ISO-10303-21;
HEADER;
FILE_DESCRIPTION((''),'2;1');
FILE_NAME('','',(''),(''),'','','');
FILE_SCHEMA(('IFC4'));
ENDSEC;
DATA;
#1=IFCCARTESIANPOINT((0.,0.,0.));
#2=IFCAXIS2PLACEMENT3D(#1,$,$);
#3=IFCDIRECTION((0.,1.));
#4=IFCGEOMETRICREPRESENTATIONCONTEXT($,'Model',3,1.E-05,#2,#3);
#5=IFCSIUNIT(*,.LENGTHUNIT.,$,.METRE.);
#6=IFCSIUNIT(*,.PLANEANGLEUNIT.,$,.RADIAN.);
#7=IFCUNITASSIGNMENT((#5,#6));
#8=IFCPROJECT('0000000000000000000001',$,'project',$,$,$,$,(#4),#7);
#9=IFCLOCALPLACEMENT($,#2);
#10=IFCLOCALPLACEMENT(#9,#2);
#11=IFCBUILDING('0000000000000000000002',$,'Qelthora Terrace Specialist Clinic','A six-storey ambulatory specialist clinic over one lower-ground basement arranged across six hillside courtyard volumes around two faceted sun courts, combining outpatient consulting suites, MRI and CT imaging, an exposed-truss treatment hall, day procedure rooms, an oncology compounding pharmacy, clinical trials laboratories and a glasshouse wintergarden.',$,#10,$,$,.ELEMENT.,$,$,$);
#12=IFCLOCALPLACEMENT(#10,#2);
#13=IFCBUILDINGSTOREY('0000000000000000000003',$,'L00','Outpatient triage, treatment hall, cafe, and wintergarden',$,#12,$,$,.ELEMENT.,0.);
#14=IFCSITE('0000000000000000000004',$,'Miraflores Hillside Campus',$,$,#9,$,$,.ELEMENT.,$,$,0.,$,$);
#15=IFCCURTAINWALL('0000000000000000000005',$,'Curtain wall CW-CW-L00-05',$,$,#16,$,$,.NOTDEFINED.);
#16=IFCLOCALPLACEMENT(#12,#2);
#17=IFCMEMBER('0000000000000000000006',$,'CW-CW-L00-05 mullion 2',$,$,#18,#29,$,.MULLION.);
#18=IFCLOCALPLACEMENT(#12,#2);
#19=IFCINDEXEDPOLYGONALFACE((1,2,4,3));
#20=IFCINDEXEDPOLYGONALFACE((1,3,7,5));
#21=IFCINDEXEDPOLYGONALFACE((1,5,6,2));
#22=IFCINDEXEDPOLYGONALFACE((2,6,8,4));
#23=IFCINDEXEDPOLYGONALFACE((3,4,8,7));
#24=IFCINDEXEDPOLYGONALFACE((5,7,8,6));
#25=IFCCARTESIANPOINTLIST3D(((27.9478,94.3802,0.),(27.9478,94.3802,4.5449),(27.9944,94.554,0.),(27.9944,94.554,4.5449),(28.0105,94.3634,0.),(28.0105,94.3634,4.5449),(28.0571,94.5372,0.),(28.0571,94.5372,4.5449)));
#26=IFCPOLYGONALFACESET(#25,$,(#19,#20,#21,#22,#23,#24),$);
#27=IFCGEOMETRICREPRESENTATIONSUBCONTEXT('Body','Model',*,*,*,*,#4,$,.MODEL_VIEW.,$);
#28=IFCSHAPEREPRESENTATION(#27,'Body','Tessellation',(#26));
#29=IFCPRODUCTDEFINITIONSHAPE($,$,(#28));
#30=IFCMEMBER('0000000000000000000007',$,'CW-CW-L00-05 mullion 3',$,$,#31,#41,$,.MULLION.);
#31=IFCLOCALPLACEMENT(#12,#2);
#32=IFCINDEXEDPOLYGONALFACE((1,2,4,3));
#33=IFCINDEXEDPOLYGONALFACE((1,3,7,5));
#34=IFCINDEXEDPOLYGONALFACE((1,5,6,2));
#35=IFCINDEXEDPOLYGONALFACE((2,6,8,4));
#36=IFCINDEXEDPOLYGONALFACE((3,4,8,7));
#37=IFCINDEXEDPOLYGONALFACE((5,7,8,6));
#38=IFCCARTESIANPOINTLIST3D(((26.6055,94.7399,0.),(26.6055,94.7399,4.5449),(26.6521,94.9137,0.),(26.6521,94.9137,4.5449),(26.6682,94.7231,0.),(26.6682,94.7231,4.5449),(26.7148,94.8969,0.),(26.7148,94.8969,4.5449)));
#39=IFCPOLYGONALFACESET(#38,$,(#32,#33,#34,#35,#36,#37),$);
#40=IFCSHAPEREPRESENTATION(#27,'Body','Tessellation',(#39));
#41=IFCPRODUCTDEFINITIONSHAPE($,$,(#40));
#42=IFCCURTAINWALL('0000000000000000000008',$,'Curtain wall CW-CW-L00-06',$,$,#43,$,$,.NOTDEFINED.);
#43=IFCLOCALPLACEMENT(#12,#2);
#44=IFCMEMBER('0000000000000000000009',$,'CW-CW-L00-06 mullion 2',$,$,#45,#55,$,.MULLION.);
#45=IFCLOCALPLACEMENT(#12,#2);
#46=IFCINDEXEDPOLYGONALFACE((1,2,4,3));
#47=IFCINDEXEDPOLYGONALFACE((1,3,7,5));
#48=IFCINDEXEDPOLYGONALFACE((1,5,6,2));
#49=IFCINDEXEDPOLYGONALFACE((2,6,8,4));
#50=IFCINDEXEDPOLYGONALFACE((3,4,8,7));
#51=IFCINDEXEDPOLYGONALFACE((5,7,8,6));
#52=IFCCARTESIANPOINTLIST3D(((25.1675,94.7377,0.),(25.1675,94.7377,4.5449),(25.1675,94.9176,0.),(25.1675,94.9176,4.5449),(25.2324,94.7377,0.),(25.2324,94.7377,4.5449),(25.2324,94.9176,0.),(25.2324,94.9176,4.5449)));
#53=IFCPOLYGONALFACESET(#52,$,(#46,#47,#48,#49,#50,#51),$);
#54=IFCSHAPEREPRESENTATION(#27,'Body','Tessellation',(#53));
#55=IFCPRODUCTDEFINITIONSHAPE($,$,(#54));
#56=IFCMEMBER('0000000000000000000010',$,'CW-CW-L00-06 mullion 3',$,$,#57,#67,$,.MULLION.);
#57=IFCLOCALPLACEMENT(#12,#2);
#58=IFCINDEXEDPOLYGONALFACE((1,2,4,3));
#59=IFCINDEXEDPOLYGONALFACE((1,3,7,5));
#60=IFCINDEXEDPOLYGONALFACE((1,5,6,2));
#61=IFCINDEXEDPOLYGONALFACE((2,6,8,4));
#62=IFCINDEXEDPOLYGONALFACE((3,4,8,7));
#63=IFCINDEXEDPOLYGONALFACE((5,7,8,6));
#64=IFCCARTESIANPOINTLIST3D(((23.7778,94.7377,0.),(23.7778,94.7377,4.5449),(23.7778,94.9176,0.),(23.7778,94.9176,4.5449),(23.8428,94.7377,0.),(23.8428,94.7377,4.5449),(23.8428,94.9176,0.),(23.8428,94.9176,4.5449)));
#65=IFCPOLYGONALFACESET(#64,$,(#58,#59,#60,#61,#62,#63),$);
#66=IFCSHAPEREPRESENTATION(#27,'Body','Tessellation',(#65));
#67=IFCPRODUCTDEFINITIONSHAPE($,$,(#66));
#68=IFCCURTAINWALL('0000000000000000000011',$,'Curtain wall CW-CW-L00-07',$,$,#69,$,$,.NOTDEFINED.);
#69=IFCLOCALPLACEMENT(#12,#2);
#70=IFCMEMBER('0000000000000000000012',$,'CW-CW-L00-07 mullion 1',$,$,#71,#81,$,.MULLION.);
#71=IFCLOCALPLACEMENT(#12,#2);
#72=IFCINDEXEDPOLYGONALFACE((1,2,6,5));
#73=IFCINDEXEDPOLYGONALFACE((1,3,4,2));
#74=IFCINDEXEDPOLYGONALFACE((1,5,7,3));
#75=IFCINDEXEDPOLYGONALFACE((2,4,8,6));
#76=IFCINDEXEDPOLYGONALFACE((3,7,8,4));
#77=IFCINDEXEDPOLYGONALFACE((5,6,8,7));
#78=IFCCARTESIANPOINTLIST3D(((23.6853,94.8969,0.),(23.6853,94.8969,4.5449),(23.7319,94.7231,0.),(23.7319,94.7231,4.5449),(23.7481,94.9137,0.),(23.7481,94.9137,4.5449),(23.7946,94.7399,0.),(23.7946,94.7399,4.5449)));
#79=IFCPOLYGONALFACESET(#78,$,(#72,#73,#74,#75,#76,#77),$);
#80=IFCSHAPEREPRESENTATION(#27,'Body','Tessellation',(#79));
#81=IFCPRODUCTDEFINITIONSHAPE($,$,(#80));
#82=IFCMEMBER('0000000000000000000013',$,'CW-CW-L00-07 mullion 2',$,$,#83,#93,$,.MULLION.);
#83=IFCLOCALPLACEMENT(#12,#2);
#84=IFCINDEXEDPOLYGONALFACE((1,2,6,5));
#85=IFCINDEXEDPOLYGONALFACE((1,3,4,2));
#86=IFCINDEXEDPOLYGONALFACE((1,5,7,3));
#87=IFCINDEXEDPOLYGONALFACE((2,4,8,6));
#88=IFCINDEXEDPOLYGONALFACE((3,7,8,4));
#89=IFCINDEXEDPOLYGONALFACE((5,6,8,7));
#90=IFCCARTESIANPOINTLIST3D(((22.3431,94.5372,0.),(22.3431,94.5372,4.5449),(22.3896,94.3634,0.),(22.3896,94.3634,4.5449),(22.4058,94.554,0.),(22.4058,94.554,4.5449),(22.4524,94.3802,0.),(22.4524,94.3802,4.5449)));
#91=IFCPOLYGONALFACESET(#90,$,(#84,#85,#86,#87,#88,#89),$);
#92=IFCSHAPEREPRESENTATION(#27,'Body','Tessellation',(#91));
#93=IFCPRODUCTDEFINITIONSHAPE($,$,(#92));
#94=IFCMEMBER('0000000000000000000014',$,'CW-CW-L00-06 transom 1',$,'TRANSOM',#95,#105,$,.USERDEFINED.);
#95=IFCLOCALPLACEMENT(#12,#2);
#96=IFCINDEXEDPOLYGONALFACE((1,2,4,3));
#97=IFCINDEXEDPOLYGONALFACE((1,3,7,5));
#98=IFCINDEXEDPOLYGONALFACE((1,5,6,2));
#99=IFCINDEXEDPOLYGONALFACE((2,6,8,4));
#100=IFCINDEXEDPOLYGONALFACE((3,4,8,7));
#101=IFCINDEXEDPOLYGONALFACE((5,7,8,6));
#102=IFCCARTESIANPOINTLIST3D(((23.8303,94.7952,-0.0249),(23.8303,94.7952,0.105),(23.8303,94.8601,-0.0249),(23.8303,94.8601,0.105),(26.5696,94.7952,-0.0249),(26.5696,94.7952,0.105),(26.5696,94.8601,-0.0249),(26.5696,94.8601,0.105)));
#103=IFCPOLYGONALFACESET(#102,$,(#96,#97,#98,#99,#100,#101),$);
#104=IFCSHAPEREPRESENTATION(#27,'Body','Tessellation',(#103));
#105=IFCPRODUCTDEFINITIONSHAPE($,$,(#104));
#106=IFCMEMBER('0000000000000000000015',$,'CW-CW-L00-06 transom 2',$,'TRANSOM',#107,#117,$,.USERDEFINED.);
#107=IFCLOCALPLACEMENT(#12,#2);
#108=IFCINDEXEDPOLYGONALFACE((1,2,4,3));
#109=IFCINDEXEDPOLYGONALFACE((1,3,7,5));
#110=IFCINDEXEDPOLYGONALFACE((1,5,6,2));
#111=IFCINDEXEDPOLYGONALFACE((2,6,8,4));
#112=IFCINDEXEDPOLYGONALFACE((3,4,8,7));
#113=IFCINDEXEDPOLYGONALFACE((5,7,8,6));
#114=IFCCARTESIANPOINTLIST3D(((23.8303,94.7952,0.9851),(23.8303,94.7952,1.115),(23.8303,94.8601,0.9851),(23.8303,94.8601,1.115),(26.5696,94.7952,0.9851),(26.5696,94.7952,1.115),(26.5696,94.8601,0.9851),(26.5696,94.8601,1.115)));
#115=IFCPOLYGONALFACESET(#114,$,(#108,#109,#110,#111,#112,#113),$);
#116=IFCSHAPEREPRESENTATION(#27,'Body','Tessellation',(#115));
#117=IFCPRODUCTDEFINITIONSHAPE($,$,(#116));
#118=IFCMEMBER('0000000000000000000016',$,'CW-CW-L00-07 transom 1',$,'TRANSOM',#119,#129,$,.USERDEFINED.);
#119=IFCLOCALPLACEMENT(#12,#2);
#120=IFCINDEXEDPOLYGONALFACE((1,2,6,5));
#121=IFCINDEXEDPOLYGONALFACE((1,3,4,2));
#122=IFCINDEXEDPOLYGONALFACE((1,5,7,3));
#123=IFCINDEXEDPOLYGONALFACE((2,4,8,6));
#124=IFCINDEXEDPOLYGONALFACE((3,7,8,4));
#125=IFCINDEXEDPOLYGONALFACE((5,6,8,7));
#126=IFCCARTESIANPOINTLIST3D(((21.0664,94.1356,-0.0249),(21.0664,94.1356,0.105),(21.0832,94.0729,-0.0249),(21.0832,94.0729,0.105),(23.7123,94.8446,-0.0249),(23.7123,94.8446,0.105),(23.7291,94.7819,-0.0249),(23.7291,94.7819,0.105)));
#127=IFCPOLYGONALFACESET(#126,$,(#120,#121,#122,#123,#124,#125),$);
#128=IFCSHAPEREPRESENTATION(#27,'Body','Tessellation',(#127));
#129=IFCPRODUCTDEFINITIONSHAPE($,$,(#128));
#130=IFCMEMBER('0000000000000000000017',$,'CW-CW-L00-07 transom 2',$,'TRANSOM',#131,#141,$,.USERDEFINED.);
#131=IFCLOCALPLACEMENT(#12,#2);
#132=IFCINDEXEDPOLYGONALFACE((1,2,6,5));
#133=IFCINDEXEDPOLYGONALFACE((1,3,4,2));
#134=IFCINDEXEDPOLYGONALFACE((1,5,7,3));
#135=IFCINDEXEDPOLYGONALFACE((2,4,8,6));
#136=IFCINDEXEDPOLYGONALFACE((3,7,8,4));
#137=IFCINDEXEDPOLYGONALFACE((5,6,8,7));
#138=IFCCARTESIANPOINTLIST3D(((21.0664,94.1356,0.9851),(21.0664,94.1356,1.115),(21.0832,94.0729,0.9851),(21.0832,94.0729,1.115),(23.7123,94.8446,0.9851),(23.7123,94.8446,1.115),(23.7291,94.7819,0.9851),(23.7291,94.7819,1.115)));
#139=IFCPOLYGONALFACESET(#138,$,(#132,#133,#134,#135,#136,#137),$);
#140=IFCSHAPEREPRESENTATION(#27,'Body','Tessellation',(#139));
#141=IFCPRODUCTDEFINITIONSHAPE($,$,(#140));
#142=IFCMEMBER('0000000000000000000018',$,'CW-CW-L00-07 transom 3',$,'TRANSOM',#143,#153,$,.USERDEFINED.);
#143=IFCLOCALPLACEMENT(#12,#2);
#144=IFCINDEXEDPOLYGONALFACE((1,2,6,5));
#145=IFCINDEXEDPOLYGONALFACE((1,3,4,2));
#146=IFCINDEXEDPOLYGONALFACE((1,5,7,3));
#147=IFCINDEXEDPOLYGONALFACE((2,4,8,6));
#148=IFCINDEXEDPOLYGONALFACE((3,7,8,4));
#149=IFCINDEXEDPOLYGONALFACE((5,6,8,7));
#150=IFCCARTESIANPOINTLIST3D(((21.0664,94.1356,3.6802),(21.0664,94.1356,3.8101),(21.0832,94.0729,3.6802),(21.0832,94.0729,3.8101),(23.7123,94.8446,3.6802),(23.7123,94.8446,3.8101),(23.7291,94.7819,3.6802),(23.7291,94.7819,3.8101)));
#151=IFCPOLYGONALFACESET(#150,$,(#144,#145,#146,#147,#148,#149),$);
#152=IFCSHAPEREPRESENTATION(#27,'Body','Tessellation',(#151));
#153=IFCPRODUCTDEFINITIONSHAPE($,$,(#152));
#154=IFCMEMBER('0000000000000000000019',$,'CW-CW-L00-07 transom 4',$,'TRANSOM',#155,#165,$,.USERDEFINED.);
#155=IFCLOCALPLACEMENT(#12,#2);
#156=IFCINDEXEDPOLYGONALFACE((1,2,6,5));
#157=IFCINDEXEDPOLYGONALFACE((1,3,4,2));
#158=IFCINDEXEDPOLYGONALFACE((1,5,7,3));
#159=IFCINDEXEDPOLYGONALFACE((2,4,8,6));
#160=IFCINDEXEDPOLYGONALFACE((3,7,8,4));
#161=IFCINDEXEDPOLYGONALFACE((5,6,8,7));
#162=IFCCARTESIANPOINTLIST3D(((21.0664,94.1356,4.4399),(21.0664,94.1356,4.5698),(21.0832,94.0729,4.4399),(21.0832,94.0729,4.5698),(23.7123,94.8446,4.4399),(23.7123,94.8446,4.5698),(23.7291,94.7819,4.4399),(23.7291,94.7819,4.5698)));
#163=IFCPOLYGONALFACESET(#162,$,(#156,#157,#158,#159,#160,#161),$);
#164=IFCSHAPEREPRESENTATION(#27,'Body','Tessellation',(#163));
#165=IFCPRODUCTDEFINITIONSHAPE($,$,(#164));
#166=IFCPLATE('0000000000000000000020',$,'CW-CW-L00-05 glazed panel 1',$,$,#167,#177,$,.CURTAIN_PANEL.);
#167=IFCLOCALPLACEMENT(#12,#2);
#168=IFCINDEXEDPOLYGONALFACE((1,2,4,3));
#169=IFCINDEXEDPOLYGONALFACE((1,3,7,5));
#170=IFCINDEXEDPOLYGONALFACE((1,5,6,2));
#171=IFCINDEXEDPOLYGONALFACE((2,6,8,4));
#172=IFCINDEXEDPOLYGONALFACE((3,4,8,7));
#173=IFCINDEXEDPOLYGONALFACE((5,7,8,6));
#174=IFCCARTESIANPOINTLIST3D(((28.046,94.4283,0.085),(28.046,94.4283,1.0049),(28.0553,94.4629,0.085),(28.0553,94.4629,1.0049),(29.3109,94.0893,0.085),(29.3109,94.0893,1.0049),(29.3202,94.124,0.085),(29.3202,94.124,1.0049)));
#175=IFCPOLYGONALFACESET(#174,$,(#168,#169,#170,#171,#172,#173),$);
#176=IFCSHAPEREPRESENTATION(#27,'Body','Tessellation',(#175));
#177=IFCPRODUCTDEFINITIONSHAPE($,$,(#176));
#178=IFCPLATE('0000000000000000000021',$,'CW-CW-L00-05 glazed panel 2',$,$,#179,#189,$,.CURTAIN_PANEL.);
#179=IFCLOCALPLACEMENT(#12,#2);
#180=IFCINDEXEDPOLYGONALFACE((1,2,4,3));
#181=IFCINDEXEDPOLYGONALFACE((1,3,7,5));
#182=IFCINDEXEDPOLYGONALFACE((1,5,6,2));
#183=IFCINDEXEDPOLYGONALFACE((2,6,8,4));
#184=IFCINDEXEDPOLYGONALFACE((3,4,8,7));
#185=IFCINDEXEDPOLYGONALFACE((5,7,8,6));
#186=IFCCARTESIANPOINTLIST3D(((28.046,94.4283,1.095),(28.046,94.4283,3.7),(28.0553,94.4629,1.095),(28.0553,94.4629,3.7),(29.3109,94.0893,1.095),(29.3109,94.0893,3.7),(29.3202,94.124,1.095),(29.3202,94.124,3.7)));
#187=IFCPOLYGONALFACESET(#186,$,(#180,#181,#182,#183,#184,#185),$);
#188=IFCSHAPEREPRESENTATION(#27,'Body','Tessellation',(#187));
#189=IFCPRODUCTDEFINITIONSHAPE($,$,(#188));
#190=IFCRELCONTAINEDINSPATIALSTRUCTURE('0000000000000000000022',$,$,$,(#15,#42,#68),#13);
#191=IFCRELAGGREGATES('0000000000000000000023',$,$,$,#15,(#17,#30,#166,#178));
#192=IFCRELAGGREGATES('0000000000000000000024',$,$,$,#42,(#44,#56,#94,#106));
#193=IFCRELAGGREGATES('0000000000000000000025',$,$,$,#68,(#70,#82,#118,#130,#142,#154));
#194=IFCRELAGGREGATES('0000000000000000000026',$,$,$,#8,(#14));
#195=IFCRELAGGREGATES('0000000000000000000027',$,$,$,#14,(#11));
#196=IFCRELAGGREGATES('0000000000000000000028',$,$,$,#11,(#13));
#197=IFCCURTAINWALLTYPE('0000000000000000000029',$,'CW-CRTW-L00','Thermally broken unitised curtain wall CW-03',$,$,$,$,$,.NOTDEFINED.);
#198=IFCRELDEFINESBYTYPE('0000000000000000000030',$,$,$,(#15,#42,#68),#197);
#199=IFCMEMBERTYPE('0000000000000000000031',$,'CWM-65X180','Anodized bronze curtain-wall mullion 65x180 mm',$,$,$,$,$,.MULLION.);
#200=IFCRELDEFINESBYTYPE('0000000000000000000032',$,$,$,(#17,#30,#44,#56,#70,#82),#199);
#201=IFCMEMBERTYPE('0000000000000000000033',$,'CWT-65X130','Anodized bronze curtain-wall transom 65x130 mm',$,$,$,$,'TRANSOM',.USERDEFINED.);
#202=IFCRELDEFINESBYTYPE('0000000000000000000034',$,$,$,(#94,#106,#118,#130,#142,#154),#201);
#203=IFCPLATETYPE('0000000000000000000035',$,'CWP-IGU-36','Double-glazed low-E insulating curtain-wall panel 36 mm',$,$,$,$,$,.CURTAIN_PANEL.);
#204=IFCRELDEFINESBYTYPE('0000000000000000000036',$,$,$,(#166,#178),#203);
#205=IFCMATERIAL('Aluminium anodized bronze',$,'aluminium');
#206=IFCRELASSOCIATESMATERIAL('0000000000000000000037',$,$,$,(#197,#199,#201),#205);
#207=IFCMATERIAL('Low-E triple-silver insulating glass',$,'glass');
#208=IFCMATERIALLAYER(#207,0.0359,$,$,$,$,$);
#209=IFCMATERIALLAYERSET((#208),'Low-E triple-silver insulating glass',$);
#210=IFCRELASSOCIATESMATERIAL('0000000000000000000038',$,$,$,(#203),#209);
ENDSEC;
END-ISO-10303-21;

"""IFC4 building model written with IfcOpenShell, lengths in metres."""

from ifc_helpers import new_model, si_unit, direction, frame, origin, origin_2d, place, context, subcontext, project, spatial, rectangle, extrude, material, layer, layer_set, material_profile, profile_set, type_object, element, aggregate, save


model = new_model("IFC4")

# Units and contexts
model_context = context("Model", 3, precision=1e-05, world=origin(), true_north=direction((0.0, 1.0)))
body_context = subcontext(model_context, "Body", "Model", "MODEL_VIEW")
ifc_project = project(units=[si_unit("LENGTHUNIT", "METRE"), si_unit("PLANEANGLEUNIT", "RADIAN")], contexts=[model_context])

# Site, building, storey
site_placement = place(None, origin())
site = spatial("IfcSite", under=ifc_project, at=site_placement, Name="Miraflores Hillside Campus", CompositionType="ELEMENT", RefElevation=0.0)
building_placement = place(site_placement, origin())
building = spatial("IfcBuilding", under=site, at=building_placement, Name="Qelthora Terrace Specialist Clinic", Description="A six-storey ambulatory specialist clinic over one lower-ground basement arranged across six hillside courtyard volumes around two faceted sun courts, combining outpatient consulting suites, MRI and CT imaging, an exposed-truss treatment hall, day procedure rooms, an oncology compounding pharmacy, clinical trials laboratories and a glasshouse wintergarden.", CompositionType="ELEMENT")
storey_placement = place(building_placement, origin())
storey = spatial("IfcBuildingStorey", under=building, at=storey_placement, Name="L00", Description="Outpatient triage, treatment hall, cafe, and wintergarden", CompositionType="ELEMENT", Elevation=0.0)

# Curtain walls, members
ifc_material_1 = material(Name="Aluminium anodized bronze", Category="aluminium")
curtain_wall_type = type_object("IfcCurtainWallType", Name="CW-CRTW-L00", Description="Thermally broken unitised curtain wall CW-03", PredefinedType="NOTDEFINED", material=ifc_material_1)
curtain_wall_1_placement = place(storey_placement, origin())
curtain_wall_1 = element("IfcCurtainWall", 1, at=curtain_wall_1_placement, inside=storey, type_object=curtain_wall_type, Name="Curtain wall CW-CW-L00-05", PredefinedType="NOTDEFINED")
ifc_material_profile_1 = material_profile(ifc_material_1, rectangle(XDim=0.0649, YDim=0.1799, at=origin_2d()), Name="CWM65X180")
ifc_profile_set_1 = profile_set([ifc_material_profile_1], Name="Aluminium anodized bronze")
member_type_1 = type_object("IfcMemberType", Name="CWM-65X180", Description="Anodized bronze curtain-wall mullion 65x180 mm", PredefinedType="MULLION", material=ifc_profile_set_1)
member_1_placement = place(storey_placement, frame((28.0024, 94.4587, 0.0), z_axis=(0.0, 0.0, 1.0), x_axis=(-0.965925, 0.25882, 0.0)))
member_1 = element("IfcMember", 2, at=member_1_placement, type_object=member_type_1, Name="CW-CW-L00-05 mullion 2", PredefinedType="MULLION", context=body_context, shape_type="SweptSolid", body=[
    extrude(rectangle(XDim=0.0649, YDim=0.1799, at=origin_2d()), origin(), (0.0, 0.0, 1.0), 4.5449),
])
member_2_placement = place(storey_placement, frame((26.6602, 94.8184, 0.0), z_axis=(0.0, 0.0, 1.0), x_axis=(-0.965925, 0.25882, 0.0)))
member_2 = element("IfcMember", 3, at=member_2_placement, type_object=member_type_1, Name="CW-CW-L00-05 mullion 3", PredefinedType="MULLION", context=body_context, shape_type="SweptSolid", body=[
    extrude(rectangle(XDim=0.0649, YDim=0.1799, at=origin_2d()), origin(), (0.0, 0.0, 1.0), 4.5449),
])
curtain_wall_2_placement = place(storey_placement, origin())
curtain_wall_2 = element("IfcCurtainWall", 4, at=curtain_wall_2_placement, inside=storey, type_object=curtain_wall_type, Name="Curtain wall CW-CW-L00-06", PredefinedType="NOTDEFINED")
member_3_placement = place(storey_placement, frame((25.2, 94.8276, 0.0), z_axis=(0.0, 0.0, 1.0), x_axis=(-1.0, 0.0, 0.0)))
member_3 = element("IfcMember", 5, at=member_3_placement, type_object=member_type_1, Name="CW-CW-L00-06 mullion 2", PredefinedType="MULLION", context=body_context, shape_type="SweptSolid", body=[
    extrude(rectangle(XDim=0.0649, YDim=0.1799, at=origin_2d()), origin(), (0.0, 0.0, 1.0), 4.5449),
])
member_4_placement = place(storey_placement, frame((23.8103, 94.8276, 0.0), z_axis=(0.0, 0.0, 1.0), x_axis=(-1.0, 0.0, 0.0)))
member_4 = element("IfcMember", 6, at=member_4_placement, type_object=member_type_1, Name="CW-CW-L00-06 mullion 3", PredefinedType="MULLION", context=body_context, shape_type="SweptSolid", body=[
    extrude(rectangle(XDim=0.0649, YDim=0.1799, at=origin_2d()), origin(), (0.0, 0.0, 1.0), 4.5449),
])
curtain_wall_3_placement = place(storey_placement, origin())
curtain_wall_3 = element("IfcCurtainWall", 7, at=curtain_wall_3_placement, inside=storey, type_object=curtain_wall_type, Name="Curtain wall CW-CW-L00-07", PredefinedType="NOTDEFINED")
member_5_placement = place(storey_placement, frame((23.74, 94.8184, 0.0), z_axis=(0.0, 0.0, 1.0), x_axis=(-0.965925, -0.25882, 0.0)))
member_5 = element("IfcMember", 8, at=member_5_placement, type_object=member_type_1, Name="CW-CW-L00-07 mullion 1", PredefinedType="MULLION", context=body_context, shape_type="SweptSolid", body=[
    extrude(rectangle(XDim=0.0649, YDim=0.1799, at=origin_2d()), origin(), (0.0, 0.0, 1.0), 4.5449),
])
member_6_placement = place(storey_placement, frame((22.3977, 94.4587, 0.0), z_axis=(0.0, 0.0, 1.0), x_axis=(-0.965925, -0.25882, 0.0)))
member_6 = element("IfcMember", 9, at=member_6_placement, type_object=member_type_1, Name="CW-CW-L00-07 mullion 2", PredefinedType="MULLION", context=body_context, shape_type="SweptSolid", body=[
    extrude(rectangle(XDim=0.0649, YDim=0.1799, at=origin_2d()), origin(), (0.0, 0.0, 1.0), 4.5449),
])

# Members
ifc_material_profile_2 = material_profile(ifc_material_1, rectangle(XDim=0.0649, YDim=0.1299, at=origin_2d()), Name="CWT65X130")
ifc_profile_set_2 = profile_set([ifc_material_profile_2], Name="Aluminium anodized bronze")
member_type_2 = type_object("IfcMemberType", Name="CWT-65X130", Description="Anodized bronze curtain-wall transom 65x130 mm", ElementType="TRANSOM", PredefinedType="USERDEFINED", material=ifc_profile_set_2)
member_7_placement = place(storey_placement, frame((26.5696, 94.8276, 0.04), z_axis=(-1.0, 0.0, 0.0), x_axis=(0.0, -1.0, 0.0)))
member_7 = element("IfcMember", 10, at=member_7_placement, type_object=member_type_2, Name="CW-CW-L00-06 transom 1", ObjectType="TRANSOM", PredefinedType="USERDEFINED", context=body_context, shape_type="SweptSolid", body=[
    extrude(rectangle(XDim=0.0649, YDim=0.1299, at=origin_2d()), origin(), (0.0, 0.0, 1.0), 2.7393),
])
member_8_placement = place(storey_placement, frame((26.5696, 94.8276, 1.05), z_axis=(-1.0, 0.0, 0.0), x_axis=(0.0, -1.0, 0.0)))
member_8 = element("IfcMember", 11, at=member_8_placement, type_object=member_type_2, Name="CW-CW-L00-06 transom 2", ObjectType="TRANSOM", PredefinedType="USERDEFINED", context=body_context, shape_type="SweptSolid", body=[
    extrude(rectangle(XDim=0.0649, YDim=0.1299, at=origin_2d()), origin(), (0.0, 0.0, 1.0), 2.7393),
])
member_9_placement = place(storey_placement, frame((23.7207, 94.8132, 0.04), z_axis=(-0.965927, -0.258816, 0.0), x_axis=(0.258816, -0.965927, 0.0)))
member_9 = element("IfcMember", 12, at=member_9_placement, type_object=member_type_2, Name="CW-CW-L00-07 transom 1", ObjectType="TRANSOM", PredefinedType="USERDEFINED", context=body_context, shape_type="SweptSolid", body=[
    extrude(rectangle(XDim=0.0649, YDim=0.1299, at=origin_2d()), origin(), (0.0, 0.0, 1.0), 2.7393),
])
member_10_placement = place(storey_placement, frame((23.7207, 94.8132, 1.05), z_axis=(-0.965927, -0.258816, 0.0), x_axis=(0.258816, -0.965927, 0.0)))
member_10 = element("IfcMember", 13, at=member_10_placement, type_object=member_type_2, Name="CW-CW-L00-07 transom 2", ObjectType="TRANSOM", PredefinedType="USERDEFINED", context=body_context, shape_type="SweptSolid", body=[
    extrude(rectangle(XDim=0.0649, YDim=0.1299, at=origin_2d()), origin(), (0.0, 0.0, 1.0), 2.7393),
])
member_11_placement = place(storey_placement, frame((23.7207, 94.8132, 3.7451), z_axis=(-0.965927, -0.258816, 0.0), x_axis=(0.258816, -0.965927, 0.0)))
member_11 = element("IfcMember", 14, at=member_11_placement, type_object=member_type_2, Name="CW-CW-L00-07 transom 3", ObjectType="TRANSOM", PredefinedType="USERDEFINED", context=body_context, shape_type="SweptSolid", body=[
    extrude(rectangle(XDim=0.0649, YDim=0.1299, at=origin_2d()), origin(), (0.0, 0.0, 1.0), 2.7393),
])
member_12_placement = place(storey_placement, frame((23.7207, 94.8132, 4.5049), z_axis=(-0.965927, -0.258816, 0.0), x_axis=(0.258816, -0.965927, 0.0)))
member_12 = element("IfcMember", 15, at=member_12_placement, type_object=member_type_2, Name="CW-CW-L00-07 transom 4", ObjectType="TRANSOM", PredefinedType="USERDEFINED", context=body_context, shape_type="SweptSolid", body=[
    extrude(rectangle(XDim=0.0649, YDim=0.1299, at=origin_2d()), origin(), (0.0, 0.0, 1.0), 2.7393),
])

# Plates
ifc_material_2 = material(Name="Low-E triple-silver insulating glass", Category="glass")
ifc_layer = layer(ifc_material_2, 0.0359)
ifc_layer_set = layer_set([ifc_layer], Name="Low-E triple-silver insulating glass")
plate_type = type_object("IfcPlateType", Name="CWP-IGU-36", Description="Double-glazed low-E insulating curtain-wall panel 36 mm", PredefinedType="CURTAIN_PANEL", material=ifc_layer_set)
plate_1_placement = place(storey_placement, frame((28.6831, 94.2761, 0.085), z_axis=(0.0, 0.0, 1.0), x_axis=(-0.965925, 0.258821, 0.0)))
plate_1 = element("IfcPlate", 16, at=plate_1_placement, type_object=plate_type, Name="CW-CW-L00-05 glazed panel 1", PredefinedType="CURTAIN_PANEL", context=body_context, shape_type="SweptSolid", body=[
    extrude(rectangle(XDim=1.3096, YDim=0.0359, at=origin_2d()), origin(), (0.0, 0.0, 1.0), 0.9199),
])
plate_2_placement = place(storey_placement, frame((28.6831, 94.2761, 1.095), z_axis=(0.0, 0.0, 1.0), x_axis=(-0.965925, 0.258821, 0.0)))
plate_2 = element("IfcPlate", 17, at=plate_2_placement, type_object=plate_type, Name="CW-CW-L00-05 glazed panel 2", PredefinedType="CURTAIN_PANEL", context=body_context, shape_type="SweptSolid", body=[
    extrude(rectangle(XDim=1.3096, YDim=0.0359, at=origin_2d()), origin(), (0.0, 0.0, 1.0), 2.605),
])
aggregate(curtain_wall_1, [member_1, member_2, plate_1, plate_2])
aggregate(curtain_wall_2, [member_3, member_4, member_7, member_8])
aggregate(curtain_wall_3, [member_5, member_6, member_9, member_10, member_11, member_12])

save(model, "model.ifc")
